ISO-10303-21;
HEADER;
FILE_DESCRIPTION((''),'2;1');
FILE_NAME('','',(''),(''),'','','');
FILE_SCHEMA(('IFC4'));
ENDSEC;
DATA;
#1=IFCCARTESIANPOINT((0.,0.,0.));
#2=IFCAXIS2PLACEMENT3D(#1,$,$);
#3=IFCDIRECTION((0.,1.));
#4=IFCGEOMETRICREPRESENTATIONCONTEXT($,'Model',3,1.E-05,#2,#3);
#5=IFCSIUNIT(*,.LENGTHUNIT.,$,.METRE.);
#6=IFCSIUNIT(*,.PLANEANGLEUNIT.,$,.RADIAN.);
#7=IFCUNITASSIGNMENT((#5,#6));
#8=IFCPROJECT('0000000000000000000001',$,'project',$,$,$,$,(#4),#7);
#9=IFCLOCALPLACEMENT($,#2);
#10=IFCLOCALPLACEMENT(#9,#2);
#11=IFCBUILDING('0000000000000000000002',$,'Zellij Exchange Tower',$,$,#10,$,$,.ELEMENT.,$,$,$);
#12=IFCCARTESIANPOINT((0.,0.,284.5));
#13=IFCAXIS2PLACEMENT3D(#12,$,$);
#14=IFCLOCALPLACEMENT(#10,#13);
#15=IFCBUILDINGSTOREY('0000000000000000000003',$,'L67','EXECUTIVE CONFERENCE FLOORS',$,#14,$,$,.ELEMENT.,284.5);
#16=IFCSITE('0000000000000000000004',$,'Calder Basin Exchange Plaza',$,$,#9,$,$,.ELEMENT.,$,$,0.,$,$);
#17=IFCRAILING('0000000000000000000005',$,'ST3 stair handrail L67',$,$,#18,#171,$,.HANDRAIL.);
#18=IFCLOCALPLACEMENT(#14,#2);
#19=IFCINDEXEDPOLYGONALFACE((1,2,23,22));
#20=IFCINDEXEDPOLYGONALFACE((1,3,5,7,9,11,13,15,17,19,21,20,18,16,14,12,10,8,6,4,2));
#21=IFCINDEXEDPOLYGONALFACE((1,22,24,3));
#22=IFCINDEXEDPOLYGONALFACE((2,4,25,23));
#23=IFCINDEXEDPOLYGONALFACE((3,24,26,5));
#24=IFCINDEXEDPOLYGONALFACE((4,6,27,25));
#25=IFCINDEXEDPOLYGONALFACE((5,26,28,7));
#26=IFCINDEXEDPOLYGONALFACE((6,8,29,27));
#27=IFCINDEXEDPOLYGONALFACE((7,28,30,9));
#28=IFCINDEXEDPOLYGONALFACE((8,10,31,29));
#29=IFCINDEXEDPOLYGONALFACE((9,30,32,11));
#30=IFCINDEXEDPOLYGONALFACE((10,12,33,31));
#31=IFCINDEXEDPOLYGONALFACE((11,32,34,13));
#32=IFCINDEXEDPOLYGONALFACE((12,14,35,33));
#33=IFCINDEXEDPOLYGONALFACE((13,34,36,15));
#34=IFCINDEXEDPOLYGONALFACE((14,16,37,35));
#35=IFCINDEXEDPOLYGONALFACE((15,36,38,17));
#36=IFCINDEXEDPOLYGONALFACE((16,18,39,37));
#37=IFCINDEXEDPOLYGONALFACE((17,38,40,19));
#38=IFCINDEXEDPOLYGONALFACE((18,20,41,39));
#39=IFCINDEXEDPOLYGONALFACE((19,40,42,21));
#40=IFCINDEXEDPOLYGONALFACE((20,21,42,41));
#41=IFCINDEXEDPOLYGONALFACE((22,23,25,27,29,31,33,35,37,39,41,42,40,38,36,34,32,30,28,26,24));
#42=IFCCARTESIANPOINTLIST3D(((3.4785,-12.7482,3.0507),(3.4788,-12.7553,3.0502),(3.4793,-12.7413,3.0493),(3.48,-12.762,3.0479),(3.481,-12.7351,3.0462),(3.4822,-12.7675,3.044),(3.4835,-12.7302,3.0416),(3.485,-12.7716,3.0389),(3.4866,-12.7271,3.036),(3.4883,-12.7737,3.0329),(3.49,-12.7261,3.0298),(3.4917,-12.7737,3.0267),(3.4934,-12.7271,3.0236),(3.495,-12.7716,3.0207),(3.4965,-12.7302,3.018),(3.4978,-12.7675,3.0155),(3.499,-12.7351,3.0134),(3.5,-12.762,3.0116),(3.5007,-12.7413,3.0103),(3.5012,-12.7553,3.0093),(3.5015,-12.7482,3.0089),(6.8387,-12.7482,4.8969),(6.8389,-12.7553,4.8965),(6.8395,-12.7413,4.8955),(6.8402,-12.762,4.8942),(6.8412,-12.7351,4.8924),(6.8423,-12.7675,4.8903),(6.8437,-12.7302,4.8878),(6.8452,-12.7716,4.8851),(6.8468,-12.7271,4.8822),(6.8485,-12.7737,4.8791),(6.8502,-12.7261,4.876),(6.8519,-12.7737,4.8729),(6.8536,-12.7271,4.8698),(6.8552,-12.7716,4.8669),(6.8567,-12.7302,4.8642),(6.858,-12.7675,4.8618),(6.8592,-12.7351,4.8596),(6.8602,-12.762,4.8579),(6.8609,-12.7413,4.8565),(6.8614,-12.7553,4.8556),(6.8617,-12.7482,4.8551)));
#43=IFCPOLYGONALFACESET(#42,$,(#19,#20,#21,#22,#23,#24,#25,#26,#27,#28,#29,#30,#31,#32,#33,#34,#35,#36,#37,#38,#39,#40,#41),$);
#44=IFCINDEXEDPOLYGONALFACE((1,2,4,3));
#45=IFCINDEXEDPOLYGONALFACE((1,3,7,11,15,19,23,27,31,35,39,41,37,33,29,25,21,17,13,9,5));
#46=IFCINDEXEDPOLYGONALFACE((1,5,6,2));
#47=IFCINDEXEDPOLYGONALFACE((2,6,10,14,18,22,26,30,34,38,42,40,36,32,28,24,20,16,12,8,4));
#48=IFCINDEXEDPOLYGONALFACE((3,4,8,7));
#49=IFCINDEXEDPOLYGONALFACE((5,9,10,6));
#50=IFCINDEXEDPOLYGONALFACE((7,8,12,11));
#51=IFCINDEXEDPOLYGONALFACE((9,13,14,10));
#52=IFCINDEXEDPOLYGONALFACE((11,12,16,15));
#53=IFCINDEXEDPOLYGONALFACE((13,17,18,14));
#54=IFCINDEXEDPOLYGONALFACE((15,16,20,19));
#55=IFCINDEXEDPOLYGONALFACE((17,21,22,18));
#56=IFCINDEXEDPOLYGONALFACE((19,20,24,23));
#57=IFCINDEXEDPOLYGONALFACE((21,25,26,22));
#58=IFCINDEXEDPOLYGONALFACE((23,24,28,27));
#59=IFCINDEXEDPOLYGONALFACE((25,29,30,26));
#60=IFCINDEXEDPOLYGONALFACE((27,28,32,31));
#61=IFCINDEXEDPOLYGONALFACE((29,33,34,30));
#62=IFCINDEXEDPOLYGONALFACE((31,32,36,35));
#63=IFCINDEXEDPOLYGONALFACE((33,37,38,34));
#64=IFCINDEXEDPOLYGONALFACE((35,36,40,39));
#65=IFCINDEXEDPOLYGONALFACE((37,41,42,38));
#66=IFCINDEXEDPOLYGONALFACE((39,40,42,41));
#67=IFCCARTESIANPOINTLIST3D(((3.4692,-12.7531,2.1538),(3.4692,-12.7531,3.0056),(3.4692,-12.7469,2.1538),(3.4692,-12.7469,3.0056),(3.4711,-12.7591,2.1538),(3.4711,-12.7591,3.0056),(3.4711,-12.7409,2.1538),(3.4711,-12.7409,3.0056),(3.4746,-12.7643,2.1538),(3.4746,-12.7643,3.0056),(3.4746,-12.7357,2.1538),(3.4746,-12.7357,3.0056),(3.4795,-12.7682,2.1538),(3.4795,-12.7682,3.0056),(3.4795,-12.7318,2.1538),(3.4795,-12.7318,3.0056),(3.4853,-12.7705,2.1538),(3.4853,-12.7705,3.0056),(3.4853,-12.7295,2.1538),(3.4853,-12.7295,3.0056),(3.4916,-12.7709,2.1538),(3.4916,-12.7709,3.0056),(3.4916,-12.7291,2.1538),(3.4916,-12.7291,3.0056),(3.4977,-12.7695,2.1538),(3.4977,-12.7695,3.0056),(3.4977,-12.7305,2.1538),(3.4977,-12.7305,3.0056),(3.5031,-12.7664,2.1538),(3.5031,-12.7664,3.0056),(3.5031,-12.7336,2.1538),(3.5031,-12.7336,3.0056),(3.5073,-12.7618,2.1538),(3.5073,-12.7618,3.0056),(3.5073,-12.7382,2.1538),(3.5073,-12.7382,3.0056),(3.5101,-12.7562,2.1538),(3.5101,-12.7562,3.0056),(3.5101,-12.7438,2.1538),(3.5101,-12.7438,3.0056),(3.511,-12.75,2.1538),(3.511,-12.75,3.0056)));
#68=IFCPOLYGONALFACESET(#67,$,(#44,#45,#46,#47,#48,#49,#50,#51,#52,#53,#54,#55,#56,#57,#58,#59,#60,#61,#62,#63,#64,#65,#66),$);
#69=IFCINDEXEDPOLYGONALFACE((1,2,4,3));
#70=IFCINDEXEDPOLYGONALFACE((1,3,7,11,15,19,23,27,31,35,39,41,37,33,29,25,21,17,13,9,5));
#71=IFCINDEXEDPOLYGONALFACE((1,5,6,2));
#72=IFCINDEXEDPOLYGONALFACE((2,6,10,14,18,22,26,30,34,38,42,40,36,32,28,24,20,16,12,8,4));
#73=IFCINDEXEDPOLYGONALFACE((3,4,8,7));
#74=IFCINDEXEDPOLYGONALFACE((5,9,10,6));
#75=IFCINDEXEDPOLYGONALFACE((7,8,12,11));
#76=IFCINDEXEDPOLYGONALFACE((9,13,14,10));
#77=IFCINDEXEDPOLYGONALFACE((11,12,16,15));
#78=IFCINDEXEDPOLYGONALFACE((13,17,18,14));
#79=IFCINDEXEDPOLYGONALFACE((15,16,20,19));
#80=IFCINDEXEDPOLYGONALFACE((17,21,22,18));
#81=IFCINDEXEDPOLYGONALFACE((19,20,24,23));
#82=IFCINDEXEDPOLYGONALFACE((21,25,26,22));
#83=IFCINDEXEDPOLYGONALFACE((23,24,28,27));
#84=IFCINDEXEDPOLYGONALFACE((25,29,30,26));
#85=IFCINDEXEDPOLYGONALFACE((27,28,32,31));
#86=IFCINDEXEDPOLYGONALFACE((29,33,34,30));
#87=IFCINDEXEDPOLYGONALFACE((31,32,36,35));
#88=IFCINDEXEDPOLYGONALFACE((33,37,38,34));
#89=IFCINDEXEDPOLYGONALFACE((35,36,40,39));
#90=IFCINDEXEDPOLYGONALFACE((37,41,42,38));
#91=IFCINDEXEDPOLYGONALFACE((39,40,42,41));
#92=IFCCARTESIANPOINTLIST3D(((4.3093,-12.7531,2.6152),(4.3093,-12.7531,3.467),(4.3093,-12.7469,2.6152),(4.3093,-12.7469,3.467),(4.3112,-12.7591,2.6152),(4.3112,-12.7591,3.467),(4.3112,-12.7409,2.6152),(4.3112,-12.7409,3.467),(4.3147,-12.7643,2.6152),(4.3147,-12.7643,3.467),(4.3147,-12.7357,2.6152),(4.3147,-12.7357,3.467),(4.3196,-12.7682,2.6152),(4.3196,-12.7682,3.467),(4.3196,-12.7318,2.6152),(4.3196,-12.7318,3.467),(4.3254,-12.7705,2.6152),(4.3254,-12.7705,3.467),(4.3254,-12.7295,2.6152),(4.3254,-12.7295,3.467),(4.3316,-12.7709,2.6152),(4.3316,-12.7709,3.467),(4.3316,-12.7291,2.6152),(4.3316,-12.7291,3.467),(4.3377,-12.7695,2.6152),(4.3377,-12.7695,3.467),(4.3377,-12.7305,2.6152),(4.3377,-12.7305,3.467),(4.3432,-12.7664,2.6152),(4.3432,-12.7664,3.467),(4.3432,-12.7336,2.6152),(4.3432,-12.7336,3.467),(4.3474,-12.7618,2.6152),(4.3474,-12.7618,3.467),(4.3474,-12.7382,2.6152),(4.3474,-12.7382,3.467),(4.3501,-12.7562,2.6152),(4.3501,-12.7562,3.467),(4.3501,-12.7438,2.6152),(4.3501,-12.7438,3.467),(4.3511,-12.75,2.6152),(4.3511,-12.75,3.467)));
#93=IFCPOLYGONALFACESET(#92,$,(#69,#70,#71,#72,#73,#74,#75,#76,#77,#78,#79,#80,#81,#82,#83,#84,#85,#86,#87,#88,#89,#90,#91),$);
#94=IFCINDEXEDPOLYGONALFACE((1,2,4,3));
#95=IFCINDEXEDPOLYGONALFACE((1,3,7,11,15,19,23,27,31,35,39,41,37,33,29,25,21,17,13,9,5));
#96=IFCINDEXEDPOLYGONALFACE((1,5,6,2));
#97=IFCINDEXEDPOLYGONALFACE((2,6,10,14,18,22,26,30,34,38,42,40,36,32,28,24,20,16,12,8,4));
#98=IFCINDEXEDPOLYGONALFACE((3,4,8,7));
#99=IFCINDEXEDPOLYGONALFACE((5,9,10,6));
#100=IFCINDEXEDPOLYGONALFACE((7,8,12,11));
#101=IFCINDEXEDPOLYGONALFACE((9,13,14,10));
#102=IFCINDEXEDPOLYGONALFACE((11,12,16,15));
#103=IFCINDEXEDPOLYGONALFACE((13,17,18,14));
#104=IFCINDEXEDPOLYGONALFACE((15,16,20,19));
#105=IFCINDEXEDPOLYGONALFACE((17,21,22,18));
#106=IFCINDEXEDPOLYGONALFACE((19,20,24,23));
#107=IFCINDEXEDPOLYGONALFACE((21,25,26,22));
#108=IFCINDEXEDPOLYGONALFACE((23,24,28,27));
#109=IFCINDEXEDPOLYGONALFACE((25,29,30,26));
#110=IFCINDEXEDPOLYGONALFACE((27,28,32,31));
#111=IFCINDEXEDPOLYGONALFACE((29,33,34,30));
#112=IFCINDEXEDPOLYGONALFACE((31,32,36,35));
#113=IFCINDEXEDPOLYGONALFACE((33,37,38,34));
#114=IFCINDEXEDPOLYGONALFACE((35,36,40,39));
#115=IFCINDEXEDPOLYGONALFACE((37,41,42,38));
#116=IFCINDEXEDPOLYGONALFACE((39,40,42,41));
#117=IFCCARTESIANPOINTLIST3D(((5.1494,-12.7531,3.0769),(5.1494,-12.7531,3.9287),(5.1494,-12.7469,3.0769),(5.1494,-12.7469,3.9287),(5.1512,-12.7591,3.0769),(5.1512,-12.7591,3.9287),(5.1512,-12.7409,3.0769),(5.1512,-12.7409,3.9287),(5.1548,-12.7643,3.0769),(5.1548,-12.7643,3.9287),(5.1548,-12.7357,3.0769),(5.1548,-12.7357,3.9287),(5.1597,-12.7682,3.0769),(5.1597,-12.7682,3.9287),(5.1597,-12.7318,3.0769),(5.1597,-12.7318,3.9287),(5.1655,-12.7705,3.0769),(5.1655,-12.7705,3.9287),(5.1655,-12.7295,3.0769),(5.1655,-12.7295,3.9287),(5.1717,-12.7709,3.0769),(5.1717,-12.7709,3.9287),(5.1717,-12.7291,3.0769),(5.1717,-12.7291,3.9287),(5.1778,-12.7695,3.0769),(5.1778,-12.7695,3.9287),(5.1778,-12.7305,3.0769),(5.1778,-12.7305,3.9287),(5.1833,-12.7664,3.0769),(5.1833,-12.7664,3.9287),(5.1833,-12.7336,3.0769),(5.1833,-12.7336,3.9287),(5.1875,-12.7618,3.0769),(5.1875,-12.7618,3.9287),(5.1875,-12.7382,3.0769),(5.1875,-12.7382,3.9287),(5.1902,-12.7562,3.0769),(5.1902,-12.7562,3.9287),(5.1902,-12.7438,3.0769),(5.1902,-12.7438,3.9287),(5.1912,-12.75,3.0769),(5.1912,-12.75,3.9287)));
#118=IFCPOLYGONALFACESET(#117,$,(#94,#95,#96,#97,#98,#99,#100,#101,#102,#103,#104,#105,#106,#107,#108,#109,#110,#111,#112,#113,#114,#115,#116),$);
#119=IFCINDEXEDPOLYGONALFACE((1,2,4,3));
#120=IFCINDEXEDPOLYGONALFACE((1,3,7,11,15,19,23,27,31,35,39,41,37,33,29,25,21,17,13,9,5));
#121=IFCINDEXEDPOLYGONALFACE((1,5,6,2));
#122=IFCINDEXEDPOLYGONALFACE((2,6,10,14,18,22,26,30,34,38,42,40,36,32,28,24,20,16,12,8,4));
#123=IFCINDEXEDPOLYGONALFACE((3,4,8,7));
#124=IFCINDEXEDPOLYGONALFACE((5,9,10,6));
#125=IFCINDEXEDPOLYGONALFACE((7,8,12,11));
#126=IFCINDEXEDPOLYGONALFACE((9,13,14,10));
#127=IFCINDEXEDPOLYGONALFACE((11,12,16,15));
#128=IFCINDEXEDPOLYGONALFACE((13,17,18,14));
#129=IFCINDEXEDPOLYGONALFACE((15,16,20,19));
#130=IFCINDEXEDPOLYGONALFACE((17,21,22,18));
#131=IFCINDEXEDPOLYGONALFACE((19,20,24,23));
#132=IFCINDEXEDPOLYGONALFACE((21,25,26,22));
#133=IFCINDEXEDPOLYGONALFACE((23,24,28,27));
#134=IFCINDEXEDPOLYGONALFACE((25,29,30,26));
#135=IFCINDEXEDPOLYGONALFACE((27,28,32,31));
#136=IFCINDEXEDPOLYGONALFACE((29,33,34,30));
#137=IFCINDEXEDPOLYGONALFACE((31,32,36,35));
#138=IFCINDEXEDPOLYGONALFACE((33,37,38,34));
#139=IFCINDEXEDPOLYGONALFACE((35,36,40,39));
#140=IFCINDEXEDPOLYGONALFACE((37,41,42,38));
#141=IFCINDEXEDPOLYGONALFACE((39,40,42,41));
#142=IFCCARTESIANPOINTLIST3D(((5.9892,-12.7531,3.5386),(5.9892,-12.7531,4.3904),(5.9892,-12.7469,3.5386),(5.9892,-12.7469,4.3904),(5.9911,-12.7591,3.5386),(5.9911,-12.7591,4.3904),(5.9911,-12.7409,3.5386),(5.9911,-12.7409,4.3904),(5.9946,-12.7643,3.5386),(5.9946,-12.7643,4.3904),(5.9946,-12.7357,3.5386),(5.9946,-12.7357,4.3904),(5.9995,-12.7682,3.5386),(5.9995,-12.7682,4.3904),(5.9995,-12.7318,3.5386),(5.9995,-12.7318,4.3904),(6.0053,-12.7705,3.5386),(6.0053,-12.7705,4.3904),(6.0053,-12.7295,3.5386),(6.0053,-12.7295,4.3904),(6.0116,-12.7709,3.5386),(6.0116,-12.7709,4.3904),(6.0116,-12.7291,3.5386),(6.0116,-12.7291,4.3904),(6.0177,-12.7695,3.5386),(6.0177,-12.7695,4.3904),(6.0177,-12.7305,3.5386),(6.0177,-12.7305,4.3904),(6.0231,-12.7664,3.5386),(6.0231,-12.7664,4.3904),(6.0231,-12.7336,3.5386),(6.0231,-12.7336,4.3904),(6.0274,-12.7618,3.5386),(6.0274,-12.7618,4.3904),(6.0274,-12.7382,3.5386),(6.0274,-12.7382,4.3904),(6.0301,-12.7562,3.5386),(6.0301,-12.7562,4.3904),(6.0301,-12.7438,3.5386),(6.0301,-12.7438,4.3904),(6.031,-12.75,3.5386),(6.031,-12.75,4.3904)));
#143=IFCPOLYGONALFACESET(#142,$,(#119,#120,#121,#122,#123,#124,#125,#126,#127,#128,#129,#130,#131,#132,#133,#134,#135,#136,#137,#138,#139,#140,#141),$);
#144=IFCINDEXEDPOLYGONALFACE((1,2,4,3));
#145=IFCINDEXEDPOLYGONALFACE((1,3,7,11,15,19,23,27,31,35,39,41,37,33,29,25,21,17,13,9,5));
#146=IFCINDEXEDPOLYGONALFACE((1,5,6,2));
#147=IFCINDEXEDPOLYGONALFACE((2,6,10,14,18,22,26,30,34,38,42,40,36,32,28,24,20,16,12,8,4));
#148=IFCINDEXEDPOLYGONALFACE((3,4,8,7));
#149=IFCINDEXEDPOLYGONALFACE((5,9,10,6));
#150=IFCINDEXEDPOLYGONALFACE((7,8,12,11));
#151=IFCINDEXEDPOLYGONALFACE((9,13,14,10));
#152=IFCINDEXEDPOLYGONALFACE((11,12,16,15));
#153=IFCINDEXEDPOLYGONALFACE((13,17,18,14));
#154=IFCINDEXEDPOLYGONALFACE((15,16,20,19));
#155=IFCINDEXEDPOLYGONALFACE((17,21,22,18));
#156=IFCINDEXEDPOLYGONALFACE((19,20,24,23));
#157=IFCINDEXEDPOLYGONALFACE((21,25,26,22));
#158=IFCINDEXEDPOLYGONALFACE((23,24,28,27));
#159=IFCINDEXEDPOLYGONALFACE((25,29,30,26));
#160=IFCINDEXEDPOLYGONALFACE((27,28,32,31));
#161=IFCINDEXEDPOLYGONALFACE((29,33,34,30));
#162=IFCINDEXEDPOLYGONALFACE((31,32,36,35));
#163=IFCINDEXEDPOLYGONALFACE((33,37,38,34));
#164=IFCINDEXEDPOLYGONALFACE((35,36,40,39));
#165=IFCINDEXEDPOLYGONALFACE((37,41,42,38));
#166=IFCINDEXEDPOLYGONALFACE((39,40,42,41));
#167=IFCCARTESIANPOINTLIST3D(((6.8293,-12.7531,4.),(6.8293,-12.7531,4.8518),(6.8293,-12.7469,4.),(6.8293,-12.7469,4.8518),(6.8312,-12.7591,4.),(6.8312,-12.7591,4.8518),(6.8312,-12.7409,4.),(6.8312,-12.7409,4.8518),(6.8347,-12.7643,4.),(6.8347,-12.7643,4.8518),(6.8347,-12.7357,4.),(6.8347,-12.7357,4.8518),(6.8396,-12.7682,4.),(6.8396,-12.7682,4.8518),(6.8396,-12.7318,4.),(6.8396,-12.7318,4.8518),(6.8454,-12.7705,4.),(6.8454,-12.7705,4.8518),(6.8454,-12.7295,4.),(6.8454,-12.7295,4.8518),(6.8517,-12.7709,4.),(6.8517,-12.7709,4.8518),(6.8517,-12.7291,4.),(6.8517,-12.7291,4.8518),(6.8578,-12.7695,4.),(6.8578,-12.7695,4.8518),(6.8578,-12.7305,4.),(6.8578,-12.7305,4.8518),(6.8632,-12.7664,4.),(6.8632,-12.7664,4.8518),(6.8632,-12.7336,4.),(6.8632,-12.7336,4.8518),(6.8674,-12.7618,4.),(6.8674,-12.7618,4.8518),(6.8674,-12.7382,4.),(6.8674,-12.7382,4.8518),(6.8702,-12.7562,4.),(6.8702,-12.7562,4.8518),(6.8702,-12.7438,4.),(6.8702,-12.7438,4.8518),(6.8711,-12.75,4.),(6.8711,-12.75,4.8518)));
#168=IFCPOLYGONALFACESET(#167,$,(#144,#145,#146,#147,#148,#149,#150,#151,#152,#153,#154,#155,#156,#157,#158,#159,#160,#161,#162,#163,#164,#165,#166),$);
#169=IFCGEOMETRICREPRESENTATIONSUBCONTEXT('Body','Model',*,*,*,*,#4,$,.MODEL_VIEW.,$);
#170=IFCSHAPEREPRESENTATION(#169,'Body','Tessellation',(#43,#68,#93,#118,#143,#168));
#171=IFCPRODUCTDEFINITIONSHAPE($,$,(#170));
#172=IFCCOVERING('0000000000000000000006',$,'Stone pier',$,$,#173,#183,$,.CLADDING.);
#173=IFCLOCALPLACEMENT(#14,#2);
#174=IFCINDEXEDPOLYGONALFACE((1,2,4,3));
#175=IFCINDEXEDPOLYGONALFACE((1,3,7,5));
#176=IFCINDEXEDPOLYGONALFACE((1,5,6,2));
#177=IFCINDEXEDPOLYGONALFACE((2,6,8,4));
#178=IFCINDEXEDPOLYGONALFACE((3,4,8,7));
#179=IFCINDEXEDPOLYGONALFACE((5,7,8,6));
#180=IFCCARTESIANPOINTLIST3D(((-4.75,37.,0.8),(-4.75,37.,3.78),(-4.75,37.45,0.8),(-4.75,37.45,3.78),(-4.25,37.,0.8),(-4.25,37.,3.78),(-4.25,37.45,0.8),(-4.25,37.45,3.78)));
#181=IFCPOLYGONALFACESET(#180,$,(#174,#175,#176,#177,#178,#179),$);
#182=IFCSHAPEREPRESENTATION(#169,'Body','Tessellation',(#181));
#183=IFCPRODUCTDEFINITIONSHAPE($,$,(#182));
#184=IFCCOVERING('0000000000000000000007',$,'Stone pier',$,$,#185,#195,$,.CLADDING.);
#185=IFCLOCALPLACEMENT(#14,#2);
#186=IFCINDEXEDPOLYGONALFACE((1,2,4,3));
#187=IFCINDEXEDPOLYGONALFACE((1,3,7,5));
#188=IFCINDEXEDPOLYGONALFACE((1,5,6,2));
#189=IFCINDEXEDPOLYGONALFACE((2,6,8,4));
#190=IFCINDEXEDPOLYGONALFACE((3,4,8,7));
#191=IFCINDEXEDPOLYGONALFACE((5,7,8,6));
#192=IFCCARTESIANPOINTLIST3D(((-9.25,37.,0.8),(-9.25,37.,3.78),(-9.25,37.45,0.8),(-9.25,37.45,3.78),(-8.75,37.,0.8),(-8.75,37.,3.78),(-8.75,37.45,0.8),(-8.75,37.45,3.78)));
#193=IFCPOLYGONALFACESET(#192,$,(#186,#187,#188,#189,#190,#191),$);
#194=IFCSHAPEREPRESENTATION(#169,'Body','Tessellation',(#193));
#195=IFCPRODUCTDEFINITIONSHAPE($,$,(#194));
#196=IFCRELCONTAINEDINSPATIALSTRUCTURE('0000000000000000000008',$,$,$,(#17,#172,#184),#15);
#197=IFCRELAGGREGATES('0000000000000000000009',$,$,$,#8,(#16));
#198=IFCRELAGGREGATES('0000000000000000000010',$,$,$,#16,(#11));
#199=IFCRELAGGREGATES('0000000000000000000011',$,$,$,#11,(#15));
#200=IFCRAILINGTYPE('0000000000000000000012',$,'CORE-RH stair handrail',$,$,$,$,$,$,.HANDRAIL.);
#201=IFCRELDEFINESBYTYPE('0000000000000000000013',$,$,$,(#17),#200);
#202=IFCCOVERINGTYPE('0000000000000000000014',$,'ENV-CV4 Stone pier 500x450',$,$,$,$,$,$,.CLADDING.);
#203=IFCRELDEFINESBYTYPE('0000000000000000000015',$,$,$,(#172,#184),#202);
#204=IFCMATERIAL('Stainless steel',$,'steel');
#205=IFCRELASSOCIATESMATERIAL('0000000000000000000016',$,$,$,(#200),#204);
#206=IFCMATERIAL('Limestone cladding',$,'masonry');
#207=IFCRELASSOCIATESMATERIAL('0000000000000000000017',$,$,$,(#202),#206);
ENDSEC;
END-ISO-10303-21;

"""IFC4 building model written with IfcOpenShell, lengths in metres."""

from ifc_helpers import new_model, si_unit, direction, frame, origin, origin_2d, place, context, subcontext, project, spatial, polyline, circle, outline, extrude, material, type_object, element, save


model = new_model("IFC4")

# Units and contexts
model_context = context("Model", 3, precision=1e-05, world=origin(), true_north=direction((0.0, 1.0)))
body_context = subcontext(model_context, "Body", "Model", "MODEL_VIEW")
ifc_project = project(units=[si_unit("LENGTHUNIT", "METRE"), si_unit("PLANEANGLEUNIT", "RADIAN")], contexts=[model_context])

# Site, building, storey
site_placement = place(None, origin())
site = spatial("IfcSite", under=ifc_project, at=site_placement, Name="Calder Basin Exchange Plaza", CompositionType="ELEMENT", RefElevation=0.0)
building_placement = place(site_placement, origin())
building = spatial("IfcBuilding", under=site, at=building_placement, Name="Zellij Exchange Tower", CompositionType="ELEMENT")
storey_placement = place(building_placement, frame((0.0, 0.0, 284.5)))
storey = spatial("IfcBuildingStorey", under=building, at=storey_placement, Name="L67", Description="EXECUTIVE CONFERENCE FLOORS", CompositionType="ELEMENT", Elevation=284.5)

# Railing
ifc_material_1 = material(Name="Stainless steel", Category="steel")
railing_type_1 = type_object("IfcRailingType", Name="CORE-RH stair handrail", PredefinedType="HANDRAIL", material=ifc_material_1)
railing_1_placement = place(storey_placement, frame((3.49, -12.75, 2.1538)))
element("IfcRailing", 1, at=railing_1_placement, inside=storey, type_object=railing_type_1, Name="ST3 stair handrail L67", PredefinedType="HANDRAIL", context=body_context, shape_type="SweptSolid", body=[
    extrude(circle(Radius=0.0239, at=origin_2d()), frame((0.0, 0.0, 0.876), z_axis=(0.876422, 0.0, 0.481545), x_axis=(0.0, 1.0, 0.0)), (0.0, 0.0, 1.0), 3.834),
    extrude(circle(Radius=0.021, at=origin_2d()), origin(), (0.0, 0.0, 1.0), 0.8518),
    extrude(circle(Radius=0.021, at=origin_2d()), frame((0.8401, 0.0, 0.4614)), (0.0, 0.0, 1.0), 0.8518),
    extrude(circle(Radius=0.021, at=origin_2d()), frame((1.6802, 0.0, 0.9231)), (0.0, 0.0, 1.0), 0.8518),
    extrude(circle(Radius=0.021, at=origin_2d()), frame((2.52, 0.0, 1.3848)), (0.0, 0.0, 1.0), 0.8518),
    extrude(circle(Radius=0.021, at=origin_2d()), frame((3.3601, 0.0, 1.8462)), (0.0, 0.0, 1.0), 0.8518),
])

# Coverings
ifc_material_2 = material(Name="Limestone cladding", Category="masonry")
covering_type = type_object("IfcCoveringType", Name="ENV-CV4 Stone pier 500x450", PredefinedType="CLADDING", material=ifc_material_2)
covering_1_placement = place(storey_placement, frame((0.0, 0.0, 0.8)))
element("IfcCovering", 2, at=covering_1_placement, inside=storey, type_object=covering_type, Name="Stone pier", PredefinedType="CLADDING", context=body_context, shape_type="SweptSolid", body=[
    extrude(outline(polyline([(-4.25, 37.0), (-4.75, 37.0), (-4.75, 37.45), (-4.25, 37.45), (-4.25, 37.0)])), origin(), (0.0, 0.0, 1.0), 2.98),
])
covering_2_placement = place(storey_placement, frame((0.0, 0.0, 0.8)))
element("IfcCovering", 3, at=covering_2_placement, inside=storey, type_object=covering_type, Name="Stone pier", PredefinedType="CLADDING", context=body_context, shape_type="SweptSolid", body=[
    extrude(outline(polyline([(-8.75, 37.0), (-9.25, 37.0), (-9.25, 37.45), (-8.75, 37.45), (-8.75, 37.0)])), origin(), (0.0, 0.0, 1.0), 2.98),
])

save(model, "model.ifc")
